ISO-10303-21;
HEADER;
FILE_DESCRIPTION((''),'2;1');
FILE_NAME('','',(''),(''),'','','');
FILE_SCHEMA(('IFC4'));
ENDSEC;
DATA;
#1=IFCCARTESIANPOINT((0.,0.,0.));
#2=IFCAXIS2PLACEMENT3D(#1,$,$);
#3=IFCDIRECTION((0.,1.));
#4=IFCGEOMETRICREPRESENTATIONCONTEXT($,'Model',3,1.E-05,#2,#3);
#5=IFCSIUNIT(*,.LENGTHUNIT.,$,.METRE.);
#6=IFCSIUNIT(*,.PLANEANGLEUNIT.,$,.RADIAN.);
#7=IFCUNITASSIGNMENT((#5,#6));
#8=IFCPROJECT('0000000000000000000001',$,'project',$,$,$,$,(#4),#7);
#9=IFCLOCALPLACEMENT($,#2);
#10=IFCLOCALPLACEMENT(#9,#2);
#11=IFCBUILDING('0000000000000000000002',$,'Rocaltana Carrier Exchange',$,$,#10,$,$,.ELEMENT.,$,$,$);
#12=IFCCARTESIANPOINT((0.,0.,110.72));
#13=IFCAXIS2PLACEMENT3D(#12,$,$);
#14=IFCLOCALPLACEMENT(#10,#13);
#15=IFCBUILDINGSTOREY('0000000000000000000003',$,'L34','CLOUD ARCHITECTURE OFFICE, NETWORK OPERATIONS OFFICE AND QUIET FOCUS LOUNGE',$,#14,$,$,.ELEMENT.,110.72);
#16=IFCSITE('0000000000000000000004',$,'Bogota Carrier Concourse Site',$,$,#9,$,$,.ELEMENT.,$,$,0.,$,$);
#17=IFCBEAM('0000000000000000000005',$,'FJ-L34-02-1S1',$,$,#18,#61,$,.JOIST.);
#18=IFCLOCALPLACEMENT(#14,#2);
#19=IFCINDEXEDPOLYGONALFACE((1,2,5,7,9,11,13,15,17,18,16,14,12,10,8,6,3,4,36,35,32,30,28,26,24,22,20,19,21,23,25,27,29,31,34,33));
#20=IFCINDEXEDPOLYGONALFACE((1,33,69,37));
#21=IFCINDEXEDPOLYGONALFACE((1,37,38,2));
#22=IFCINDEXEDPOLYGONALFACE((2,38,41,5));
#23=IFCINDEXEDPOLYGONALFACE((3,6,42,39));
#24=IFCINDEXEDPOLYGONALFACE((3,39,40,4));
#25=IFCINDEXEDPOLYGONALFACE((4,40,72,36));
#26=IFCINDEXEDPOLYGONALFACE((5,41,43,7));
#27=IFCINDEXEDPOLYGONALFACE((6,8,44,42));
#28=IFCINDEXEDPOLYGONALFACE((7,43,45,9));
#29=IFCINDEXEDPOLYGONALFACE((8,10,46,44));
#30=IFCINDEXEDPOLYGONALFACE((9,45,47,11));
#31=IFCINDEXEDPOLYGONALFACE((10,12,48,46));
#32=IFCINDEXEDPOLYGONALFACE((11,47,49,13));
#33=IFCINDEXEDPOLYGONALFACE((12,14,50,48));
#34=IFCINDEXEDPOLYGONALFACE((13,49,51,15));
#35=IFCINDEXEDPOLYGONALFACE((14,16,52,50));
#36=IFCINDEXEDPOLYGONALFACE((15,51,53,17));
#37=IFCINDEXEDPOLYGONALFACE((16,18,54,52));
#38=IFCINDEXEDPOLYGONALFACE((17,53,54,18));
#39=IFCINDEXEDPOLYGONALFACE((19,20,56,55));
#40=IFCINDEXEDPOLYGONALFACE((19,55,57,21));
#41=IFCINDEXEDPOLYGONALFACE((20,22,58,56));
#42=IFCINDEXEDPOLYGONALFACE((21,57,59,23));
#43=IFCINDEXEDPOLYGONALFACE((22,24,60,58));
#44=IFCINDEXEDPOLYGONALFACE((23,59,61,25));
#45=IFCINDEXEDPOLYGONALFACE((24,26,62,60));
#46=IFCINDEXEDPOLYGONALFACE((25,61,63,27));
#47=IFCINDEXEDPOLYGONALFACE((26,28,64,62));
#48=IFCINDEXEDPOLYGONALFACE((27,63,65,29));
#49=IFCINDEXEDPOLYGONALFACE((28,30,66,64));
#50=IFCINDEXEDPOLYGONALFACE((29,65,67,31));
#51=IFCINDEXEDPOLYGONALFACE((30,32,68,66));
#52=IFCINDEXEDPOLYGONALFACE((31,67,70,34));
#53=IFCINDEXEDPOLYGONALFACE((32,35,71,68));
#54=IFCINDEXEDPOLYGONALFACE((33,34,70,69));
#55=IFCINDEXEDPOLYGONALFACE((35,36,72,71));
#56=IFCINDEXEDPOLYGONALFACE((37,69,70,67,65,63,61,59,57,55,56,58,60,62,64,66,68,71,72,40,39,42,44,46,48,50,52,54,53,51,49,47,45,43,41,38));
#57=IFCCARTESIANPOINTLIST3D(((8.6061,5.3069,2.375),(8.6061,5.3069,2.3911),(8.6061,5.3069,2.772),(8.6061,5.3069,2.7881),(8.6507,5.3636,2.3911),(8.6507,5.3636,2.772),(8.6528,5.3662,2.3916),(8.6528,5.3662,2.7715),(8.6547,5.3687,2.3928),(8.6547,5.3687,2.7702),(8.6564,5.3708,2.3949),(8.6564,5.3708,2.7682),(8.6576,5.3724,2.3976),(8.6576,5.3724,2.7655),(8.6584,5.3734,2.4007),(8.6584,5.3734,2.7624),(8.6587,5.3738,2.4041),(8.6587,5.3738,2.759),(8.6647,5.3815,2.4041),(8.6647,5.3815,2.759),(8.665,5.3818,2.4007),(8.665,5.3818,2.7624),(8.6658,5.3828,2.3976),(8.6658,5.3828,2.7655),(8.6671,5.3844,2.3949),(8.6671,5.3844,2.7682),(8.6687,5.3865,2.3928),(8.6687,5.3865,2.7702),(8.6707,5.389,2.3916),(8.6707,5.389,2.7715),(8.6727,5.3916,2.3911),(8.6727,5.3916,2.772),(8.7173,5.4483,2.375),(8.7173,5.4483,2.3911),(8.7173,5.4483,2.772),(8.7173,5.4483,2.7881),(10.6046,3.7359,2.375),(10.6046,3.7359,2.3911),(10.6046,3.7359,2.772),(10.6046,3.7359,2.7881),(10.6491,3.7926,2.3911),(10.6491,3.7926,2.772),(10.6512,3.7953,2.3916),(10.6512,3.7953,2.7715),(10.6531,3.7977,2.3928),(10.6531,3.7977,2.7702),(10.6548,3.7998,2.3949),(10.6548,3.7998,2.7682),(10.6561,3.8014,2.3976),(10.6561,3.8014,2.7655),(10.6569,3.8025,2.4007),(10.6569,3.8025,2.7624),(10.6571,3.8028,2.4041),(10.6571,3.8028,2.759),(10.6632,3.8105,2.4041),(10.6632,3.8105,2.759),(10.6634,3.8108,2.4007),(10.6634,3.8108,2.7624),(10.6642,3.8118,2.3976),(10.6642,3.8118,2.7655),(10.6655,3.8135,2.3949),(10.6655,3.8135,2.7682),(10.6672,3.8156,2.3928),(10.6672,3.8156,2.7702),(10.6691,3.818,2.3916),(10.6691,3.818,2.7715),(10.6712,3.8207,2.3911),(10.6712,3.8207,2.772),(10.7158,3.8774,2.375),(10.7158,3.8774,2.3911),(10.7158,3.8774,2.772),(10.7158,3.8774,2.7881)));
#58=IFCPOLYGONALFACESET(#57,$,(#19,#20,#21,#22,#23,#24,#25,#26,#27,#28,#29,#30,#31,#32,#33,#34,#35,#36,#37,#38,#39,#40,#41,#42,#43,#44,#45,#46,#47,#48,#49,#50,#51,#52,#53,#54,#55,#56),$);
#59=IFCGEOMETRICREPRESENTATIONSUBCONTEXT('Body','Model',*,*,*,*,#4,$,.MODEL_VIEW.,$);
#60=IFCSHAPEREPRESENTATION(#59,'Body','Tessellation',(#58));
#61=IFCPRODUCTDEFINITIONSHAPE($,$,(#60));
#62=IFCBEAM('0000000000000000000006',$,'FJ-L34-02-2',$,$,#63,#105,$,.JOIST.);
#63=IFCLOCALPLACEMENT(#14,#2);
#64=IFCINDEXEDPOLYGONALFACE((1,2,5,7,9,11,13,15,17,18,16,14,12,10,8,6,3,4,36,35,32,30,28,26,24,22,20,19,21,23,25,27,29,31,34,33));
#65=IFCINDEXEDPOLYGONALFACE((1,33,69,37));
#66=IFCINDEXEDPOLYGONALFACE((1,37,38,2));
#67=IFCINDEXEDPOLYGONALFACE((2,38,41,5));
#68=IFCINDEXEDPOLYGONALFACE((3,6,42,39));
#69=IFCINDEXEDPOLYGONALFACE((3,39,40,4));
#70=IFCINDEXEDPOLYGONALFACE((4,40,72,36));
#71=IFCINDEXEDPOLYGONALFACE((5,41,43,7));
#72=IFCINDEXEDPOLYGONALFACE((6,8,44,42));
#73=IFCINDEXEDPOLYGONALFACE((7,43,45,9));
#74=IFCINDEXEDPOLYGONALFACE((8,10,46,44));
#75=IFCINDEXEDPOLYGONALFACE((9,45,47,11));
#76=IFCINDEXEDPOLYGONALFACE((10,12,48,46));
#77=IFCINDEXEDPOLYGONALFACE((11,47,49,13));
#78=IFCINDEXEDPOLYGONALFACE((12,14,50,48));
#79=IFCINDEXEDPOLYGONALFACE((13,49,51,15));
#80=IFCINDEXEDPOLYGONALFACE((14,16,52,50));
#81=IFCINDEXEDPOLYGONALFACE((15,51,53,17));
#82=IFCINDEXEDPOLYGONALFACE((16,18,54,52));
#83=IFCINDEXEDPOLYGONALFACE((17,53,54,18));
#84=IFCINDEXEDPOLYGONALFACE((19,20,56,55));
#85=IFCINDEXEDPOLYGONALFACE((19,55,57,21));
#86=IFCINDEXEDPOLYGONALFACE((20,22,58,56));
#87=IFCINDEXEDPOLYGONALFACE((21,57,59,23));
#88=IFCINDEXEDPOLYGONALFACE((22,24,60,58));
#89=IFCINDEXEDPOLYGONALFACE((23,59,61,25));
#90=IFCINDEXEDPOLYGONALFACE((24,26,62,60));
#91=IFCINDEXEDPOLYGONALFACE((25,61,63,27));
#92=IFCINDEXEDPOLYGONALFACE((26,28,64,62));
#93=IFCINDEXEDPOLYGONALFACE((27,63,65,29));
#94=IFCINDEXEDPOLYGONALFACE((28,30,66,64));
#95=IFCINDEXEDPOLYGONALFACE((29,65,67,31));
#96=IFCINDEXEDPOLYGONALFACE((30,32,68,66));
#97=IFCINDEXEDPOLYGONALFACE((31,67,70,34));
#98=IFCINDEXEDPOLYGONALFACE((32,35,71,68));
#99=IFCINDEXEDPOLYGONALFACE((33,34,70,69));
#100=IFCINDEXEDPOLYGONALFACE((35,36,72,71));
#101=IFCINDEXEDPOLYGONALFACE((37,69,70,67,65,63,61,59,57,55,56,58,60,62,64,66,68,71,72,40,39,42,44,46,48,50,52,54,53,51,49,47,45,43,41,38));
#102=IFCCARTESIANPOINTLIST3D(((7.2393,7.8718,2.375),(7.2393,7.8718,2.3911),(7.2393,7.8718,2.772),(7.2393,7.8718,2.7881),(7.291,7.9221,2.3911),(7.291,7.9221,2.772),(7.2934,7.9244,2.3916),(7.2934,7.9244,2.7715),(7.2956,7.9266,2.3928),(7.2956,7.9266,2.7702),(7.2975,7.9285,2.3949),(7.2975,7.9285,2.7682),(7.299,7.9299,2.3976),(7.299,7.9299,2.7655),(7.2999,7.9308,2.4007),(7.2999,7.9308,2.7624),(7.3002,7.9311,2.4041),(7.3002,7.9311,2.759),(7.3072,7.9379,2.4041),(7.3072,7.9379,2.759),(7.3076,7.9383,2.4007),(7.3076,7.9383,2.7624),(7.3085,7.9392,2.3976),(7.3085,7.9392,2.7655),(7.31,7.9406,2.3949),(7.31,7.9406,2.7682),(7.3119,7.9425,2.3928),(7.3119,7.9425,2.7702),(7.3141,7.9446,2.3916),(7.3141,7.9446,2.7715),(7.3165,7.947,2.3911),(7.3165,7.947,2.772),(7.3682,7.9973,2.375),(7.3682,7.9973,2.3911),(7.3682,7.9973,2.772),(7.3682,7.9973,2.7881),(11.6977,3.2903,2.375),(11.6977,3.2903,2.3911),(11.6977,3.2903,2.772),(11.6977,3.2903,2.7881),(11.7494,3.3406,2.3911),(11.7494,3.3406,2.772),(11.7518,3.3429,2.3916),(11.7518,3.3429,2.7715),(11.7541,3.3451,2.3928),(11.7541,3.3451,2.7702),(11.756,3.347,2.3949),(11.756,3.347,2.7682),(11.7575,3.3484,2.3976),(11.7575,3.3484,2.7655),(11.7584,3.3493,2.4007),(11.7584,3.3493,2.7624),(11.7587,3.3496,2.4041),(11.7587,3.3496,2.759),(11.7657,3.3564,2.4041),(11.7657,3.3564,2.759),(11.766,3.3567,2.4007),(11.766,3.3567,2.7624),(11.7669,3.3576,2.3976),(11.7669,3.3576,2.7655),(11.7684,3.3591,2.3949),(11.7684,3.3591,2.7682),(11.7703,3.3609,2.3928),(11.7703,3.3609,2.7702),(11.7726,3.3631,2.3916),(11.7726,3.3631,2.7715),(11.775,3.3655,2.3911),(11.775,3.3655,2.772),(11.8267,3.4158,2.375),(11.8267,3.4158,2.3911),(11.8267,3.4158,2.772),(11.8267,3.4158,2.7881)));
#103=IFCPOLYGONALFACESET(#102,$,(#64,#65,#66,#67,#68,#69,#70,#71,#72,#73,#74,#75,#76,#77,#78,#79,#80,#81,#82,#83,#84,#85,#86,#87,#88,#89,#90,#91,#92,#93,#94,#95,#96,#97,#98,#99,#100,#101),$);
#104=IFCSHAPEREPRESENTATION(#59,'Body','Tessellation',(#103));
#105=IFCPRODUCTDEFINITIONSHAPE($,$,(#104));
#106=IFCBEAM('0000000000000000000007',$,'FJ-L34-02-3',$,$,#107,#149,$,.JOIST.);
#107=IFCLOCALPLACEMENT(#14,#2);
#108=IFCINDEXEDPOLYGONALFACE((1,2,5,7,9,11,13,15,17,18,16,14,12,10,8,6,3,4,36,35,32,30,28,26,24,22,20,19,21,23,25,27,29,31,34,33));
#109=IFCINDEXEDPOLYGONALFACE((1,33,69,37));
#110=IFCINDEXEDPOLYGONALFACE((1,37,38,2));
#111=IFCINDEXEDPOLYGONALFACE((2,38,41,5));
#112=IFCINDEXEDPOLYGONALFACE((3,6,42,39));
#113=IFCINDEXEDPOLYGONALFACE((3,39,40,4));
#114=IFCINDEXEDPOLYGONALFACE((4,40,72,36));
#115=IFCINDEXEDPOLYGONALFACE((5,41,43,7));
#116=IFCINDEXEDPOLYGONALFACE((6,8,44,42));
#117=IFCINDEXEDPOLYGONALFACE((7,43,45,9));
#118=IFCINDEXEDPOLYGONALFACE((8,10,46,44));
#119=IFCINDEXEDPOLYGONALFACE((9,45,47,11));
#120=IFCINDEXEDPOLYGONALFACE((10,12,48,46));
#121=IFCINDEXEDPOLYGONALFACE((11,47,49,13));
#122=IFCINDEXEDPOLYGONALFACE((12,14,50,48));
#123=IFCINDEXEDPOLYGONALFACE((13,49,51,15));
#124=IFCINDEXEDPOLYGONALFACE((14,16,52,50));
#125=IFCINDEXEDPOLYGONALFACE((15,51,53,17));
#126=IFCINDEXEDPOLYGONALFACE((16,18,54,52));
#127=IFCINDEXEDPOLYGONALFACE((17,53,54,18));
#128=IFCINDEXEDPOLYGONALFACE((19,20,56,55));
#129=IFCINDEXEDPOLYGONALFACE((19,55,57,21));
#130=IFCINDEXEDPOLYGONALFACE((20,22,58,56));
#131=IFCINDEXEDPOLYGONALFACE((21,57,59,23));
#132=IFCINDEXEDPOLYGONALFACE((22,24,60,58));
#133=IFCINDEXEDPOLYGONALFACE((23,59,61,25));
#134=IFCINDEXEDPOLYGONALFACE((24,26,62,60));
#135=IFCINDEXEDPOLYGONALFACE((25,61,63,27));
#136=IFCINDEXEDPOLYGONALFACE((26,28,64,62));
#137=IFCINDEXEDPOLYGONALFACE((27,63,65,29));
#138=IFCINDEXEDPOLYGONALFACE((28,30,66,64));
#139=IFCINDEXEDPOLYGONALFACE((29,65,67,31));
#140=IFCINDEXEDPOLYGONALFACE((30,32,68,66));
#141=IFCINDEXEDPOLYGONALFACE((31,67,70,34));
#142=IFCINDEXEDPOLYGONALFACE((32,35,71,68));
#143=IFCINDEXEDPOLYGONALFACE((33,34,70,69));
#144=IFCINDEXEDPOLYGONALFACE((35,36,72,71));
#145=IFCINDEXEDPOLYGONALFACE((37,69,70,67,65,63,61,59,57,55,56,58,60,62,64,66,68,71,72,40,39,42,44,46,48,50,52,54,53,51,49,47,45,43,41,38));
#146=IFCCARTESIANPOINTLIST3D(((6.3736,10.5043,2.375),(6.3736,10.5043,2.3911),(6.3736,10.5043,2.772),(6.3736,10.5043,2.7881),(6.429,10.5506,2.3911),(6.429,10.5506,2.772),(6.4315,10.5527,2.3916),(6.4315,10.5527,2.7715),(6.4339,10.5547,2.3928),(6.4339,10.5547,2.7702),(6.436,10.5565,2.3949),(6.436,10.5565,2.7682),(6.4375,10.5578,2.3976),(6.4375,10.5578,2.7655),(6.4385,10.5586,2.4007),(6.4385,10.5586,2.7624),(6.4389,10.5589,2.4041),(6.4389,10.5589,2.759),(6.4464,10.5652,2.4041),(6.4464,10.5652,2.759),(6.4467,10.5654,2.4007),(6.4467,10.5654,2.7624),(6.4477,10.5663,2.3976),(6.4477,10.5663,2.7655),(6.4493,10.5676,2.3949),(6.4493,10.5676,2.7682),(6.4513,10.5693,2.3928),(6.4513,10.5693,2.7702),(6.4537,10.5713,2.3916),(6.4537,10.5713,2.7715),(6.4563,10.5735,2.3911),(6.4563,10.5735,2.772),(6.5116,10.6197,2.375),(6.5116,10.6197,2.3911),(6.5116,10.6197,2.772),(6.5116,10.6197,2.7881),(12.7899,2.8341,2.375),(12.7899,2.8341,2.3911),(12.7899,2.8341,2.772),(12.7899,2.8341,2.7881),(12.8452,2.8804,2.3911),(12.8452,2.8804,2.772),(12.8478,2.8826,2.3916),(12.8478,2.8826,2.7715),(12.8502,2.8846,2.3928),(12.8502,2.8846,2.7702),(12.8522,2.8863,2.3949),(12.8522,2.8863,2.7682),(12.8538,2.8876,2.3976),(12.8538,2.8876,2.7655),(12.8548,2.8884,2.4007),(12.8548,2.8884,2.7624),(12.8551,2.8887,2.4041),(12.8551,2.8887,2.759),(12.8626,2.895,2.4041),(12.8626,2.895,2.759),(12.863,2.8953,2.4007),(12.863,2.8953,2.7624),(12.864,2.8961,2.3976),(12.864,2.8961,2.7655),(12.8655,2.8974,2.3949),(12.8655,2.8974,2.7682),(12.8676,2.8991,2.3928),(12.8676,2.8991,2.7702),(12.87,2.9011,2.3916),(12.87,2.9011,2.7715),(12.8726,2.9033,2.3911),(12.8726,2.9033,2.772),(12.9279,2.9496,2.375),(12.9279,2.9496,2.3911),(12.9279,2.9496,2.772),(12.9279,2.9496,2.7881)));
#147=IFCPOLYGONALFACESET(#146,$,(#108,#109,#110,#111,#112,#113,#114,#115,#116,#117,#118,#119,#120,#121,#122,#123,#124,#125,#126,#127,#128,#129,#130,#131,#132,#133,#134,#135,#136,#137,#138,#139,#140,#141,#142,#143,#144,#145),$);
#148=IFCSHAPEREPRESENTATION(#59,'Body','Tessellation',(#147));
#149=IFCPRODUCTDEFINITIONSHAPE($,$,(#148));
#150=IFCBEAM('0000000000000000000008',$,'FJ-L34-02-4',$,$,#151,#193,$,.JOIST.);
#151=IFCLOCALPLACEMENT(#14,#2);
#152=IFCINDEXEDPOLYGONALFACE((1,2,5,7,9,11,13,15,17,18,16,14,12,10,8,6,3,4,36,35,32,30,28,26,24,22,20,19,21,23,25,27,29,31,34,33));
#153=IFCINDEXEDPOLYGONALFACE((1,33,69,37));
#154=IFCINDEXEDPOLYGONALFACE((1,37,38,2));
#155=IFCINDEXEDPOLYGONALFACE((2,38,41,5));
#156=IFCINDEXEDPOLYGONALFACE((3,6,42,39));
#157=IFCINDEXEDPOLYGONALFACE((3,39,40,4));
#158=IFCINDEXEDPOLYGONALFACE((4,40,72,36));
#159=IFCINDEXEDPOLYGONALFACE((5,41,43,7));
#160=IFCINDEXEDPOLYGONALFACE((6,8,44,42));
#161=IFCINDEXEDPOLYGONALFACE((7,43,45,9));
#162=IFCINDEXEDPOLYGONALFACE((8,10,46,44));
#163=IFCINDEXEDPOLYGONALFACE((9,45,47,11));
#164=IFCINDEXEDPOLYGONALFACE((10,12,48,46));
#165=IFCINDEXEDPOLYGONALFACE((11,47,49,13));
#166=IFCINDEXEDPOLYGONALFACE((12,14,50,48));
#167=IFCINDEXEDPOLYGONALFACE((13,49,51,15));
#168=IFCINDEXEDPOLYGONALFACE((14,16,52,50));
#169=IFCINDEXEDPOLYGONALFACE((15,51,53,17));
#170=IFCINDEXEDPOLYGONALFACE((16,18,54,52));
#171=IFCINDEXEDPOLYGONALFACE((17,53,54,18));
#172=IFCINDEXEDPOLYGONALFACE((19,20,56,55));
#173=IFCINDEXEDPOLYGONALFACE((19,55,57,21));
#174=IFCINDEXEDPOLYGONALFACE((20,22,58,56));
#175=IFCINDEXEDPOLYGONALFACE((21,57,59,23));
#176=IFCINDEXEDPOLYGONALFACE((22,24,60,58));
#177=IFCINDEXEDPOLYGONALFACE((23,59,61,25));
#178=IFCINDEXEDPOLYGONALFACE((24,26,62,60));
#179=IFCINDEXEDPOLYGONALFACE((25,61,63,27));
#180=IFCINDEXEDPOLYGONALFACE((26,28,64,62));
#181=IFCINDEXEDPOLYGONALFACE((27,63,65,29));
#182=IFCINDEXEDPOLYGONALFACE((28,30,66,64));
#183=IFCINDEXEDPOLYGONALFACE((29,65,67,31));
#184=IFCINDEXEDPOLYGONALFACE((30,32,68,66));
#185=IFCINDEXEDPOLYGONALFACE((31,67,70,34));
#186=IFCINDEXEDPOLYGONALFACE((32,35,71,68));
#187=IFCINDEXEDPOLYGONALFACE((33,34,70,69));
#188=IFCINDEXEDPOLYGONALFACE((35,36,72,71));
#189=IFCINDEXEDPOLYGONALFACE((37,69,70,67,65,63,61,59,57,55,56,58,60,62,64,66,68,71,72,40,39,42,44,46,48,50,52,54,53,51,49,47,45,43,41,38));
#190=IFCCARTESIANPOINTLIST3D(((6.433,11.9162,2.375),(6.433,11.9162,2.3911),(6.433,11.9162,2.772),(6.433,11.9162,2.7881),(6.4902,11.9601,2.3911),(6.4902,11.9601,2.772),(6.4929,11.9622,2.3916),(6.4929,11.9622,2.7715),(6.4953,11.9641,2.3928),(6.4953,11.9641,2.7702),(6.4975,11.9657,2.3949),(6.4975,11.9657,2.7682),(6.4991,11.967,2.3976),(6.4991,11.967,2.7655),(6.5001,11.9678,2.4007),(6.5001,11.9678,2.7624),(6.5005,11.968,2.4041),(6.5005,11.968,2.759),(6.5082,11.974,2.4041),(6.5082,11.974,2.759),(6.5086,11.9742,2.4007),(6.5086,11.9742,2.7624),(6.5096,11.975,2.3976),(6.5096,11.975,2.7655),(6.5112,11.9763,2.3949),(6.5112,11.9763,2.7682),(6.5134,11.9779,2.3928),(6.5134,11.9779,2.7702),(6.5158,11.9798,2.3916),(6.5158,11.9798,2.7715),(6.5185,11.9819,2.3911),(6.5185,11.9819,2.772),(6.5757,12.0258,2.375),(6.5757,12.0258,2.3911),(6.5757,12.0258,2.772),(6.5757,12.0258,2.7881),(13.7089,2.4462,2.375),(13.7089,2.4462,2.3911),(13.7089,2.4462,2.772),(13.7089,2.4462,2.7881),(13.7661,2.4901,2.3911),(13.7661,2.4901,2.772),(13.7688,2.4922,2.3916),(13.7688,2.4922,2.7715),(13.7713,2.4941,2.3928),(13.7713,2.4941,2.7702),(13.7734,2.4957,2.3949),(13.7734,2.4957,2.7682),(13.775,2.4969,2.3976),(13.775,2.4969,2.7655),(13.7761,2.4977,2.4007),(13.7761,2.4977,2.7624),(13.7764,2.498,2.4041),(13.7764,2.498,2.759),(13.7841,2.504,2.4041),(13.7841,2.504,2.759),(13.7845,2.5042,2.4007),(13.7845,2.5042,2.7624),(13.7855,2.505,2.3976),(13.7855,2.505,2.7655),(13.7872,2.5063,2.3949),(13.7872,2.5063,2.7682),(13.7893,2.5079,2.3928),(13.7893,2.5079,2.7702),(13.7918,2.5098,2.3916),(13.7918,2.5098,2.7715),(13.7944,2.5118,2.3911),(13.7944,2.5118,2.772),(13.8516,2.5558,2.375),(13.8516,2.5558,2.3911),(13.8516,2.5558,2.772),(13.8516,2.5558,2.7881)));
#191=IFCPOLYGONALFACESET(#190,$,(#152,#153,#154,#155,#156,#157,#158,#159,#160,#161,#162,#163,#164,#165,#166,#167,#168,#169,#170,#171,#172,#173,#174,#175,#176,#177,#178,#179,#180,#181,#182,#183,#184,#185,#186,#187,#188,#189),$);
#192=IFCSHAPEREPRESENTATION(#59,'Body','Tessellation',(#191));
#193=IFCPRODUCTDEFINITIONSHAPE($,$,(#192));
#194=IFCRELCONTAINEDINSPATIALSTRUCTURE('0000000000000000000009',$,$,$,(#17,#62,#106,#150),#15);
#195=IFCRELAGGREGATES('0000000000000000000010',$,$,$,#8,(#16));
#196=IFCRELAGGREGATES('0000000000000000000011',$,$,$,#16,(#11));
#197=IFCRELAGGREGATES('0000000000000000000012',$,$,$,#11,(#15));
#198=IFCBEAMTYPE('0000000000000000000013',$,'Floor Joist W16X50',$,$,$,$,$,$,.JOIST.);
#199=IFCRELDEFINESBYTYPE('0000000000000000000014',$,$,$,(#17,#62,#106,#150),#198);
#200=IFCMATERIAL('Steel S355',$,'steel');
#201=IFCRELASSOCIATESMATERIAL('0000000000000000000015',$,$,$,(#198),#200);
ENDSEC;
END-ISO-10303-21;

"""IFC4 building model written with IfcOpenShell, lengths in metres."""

from ifc_helpers import new_model, si_unit, direction, frame, origin, origin_2d, place, context, subcontext, project, spatial, i_section, extrude, material, material_profile, profile_set, type_object, element, save


model = new_model("IFC4")

# Units and contexts
model_context = context("Model", 3, precision=1e-05, world=origin(), true_north=direction((0.0, 1.0)))
body_context = subcontext(model_context, "Body", "Model", "MODEL_VIEW")
ifc_project = project(units=[si_unit("LENGTHUNIT", "METRE"), si_unit("PLANEANGLEUNIT", "RADIAN")], contexts=[model_context])

# Site, building, storey
site_placement = place(None, origin())
site = spatial("IfcSite", under=ifc_project, at=site_placement, Name="Bogota Carrier Concourse Site", CompositionType="ELEMENT", RefElevation=0.0)
building_placement = place(site_placement, origin())
building = spatial("IfcBuilding", under=site, at=building_placement, Name="Rocaltana Carrier Exchange", CompositionType="ELEMENT")
storey_placement = place(building_placement, frame((0.0, 0.0, 110.72)))
storey = spatial("IfcBuildingStorey", under=building, at=storey_placement, Name="L34", Description="CLOUD ARCHITECTURE OFFICE, NETWORK OPERATIONS OFFICE AND QUIET FOCUS LOUNGE", CompositionType="ELEMENT", Elevation=110.72)

# Beams
ifc_material_1 = material(Name="Steel S355", Category="steel")
ifc_material_profile_1 = material_profile(ifc_material_1, i_section(OverallWidth=0.1799, OverallDepth=0.4131, WebThickness=0.0098, FlangeThickness=0.0161, FilletRadius=0.0129, at=origin_2d()), Name="W16X50")
ifc_profile_set_1 = profile_set([ifc_material_profile_1], Name="Steel S355")
beam_type_1 = type_object("IfcBeamType", Name="Floor Joist W16X50", PredefinedType="JOIST", material=ifc_profile_set_1)
beam_1_placement = place(storey_placement, frame((10.6602, 3.8066, 2.5815), z_axis=(-0.786172, 0.618008, 0.0), x_axis=(-0.618008, -0.786172, 0.0)))
element("IfcBeam", 1, at=beam_1_placement, inside=storey, type_object=beam_type_1, Name="FJ-L34-02-1S1", PredefinedType="JOIST", context=body_context, shape_type="SweptSolid", body=[
    extrude(i_section(OverallWidth=0.1799, OverallDepth=0.4131, WebThickness=0.0098, FlangeThickness=0.0161, FilletRadius=0.0129, at=origin_2d()), origin(), (0.0, 0.0, 1.0), 2.542),
])
beam_2_placement = place(storey_placement, frame((11.7622, 3.353, 2.5815), z_axis=(-0.697418, 0.716665, 0.0), x_axis=(-0.716665, -0.697418, 0.0)))
element("IfcBeam", 2, at=beam_2_placement, inside=storey, type_object=beam_type_1, Name="FJ-L34-02-2", PredefinedType="JOIST", context=body_context, shape_type="SweptSolid", body=[
    extrude(i_section(OverallWidth=0.1799, OverallDepth=0.4131, WebThickness=0.0098, FlangeThickness=0.0161, FilletRadius=0.0129, at=origin_2d()), origin(), (0.0, 0.0, 1.0), 6.3928),
])
beam_3_placement = place(storey_placement, frame((12.8589, 2.8918, 2.5815), z_axis=(-0.641627, 0.767017, 0.0), x_axis=(-0.767017, -0.641627, 0.0)))
element("IfcBeam", 3, at=beam_3_placement, inside=storey, type_object=beam_type_1, Name="FJ-L34-02-3", PredefinedType="JOIST", context=body_context, shape_type="SweptSolid", body=[
    extrude(i_section(OverallWidth=0.1799, OverallDepth=0.4131, WebThickness=0.0098, FlangeThickness=0.0161, FilletRadius=0.0129, at=origin_2d()), origin(), (0.0, 0.0, 1.0), 10.0),
])
beam_4_placement = place(storey_placement, frame((13.7803, 2.501, 2.5815), z_axis=(-0.609252, 0.792976, 0.0), x_axis=(-0.792976, -0.609252, 0.0)))
element("IfcBeam", 4, at=beam_4_placement, inside=storey, type_object=beam_type_1, Name="FJ-L34-02-4", PredefinedType="JOIST", context=body_context, shape_type="SweptSolid", body=[
    extrude(i_section(OverallWidth=0.1799, OverallDepth=0.4131, WebThickness=0.0098, FlangeThickness=0.0161, FilletRadius=0.0129, at=origin_2d()), origin(), (0.0, 0.0, 1.0), 11.9424),
])

save(model, "model.ifc")
